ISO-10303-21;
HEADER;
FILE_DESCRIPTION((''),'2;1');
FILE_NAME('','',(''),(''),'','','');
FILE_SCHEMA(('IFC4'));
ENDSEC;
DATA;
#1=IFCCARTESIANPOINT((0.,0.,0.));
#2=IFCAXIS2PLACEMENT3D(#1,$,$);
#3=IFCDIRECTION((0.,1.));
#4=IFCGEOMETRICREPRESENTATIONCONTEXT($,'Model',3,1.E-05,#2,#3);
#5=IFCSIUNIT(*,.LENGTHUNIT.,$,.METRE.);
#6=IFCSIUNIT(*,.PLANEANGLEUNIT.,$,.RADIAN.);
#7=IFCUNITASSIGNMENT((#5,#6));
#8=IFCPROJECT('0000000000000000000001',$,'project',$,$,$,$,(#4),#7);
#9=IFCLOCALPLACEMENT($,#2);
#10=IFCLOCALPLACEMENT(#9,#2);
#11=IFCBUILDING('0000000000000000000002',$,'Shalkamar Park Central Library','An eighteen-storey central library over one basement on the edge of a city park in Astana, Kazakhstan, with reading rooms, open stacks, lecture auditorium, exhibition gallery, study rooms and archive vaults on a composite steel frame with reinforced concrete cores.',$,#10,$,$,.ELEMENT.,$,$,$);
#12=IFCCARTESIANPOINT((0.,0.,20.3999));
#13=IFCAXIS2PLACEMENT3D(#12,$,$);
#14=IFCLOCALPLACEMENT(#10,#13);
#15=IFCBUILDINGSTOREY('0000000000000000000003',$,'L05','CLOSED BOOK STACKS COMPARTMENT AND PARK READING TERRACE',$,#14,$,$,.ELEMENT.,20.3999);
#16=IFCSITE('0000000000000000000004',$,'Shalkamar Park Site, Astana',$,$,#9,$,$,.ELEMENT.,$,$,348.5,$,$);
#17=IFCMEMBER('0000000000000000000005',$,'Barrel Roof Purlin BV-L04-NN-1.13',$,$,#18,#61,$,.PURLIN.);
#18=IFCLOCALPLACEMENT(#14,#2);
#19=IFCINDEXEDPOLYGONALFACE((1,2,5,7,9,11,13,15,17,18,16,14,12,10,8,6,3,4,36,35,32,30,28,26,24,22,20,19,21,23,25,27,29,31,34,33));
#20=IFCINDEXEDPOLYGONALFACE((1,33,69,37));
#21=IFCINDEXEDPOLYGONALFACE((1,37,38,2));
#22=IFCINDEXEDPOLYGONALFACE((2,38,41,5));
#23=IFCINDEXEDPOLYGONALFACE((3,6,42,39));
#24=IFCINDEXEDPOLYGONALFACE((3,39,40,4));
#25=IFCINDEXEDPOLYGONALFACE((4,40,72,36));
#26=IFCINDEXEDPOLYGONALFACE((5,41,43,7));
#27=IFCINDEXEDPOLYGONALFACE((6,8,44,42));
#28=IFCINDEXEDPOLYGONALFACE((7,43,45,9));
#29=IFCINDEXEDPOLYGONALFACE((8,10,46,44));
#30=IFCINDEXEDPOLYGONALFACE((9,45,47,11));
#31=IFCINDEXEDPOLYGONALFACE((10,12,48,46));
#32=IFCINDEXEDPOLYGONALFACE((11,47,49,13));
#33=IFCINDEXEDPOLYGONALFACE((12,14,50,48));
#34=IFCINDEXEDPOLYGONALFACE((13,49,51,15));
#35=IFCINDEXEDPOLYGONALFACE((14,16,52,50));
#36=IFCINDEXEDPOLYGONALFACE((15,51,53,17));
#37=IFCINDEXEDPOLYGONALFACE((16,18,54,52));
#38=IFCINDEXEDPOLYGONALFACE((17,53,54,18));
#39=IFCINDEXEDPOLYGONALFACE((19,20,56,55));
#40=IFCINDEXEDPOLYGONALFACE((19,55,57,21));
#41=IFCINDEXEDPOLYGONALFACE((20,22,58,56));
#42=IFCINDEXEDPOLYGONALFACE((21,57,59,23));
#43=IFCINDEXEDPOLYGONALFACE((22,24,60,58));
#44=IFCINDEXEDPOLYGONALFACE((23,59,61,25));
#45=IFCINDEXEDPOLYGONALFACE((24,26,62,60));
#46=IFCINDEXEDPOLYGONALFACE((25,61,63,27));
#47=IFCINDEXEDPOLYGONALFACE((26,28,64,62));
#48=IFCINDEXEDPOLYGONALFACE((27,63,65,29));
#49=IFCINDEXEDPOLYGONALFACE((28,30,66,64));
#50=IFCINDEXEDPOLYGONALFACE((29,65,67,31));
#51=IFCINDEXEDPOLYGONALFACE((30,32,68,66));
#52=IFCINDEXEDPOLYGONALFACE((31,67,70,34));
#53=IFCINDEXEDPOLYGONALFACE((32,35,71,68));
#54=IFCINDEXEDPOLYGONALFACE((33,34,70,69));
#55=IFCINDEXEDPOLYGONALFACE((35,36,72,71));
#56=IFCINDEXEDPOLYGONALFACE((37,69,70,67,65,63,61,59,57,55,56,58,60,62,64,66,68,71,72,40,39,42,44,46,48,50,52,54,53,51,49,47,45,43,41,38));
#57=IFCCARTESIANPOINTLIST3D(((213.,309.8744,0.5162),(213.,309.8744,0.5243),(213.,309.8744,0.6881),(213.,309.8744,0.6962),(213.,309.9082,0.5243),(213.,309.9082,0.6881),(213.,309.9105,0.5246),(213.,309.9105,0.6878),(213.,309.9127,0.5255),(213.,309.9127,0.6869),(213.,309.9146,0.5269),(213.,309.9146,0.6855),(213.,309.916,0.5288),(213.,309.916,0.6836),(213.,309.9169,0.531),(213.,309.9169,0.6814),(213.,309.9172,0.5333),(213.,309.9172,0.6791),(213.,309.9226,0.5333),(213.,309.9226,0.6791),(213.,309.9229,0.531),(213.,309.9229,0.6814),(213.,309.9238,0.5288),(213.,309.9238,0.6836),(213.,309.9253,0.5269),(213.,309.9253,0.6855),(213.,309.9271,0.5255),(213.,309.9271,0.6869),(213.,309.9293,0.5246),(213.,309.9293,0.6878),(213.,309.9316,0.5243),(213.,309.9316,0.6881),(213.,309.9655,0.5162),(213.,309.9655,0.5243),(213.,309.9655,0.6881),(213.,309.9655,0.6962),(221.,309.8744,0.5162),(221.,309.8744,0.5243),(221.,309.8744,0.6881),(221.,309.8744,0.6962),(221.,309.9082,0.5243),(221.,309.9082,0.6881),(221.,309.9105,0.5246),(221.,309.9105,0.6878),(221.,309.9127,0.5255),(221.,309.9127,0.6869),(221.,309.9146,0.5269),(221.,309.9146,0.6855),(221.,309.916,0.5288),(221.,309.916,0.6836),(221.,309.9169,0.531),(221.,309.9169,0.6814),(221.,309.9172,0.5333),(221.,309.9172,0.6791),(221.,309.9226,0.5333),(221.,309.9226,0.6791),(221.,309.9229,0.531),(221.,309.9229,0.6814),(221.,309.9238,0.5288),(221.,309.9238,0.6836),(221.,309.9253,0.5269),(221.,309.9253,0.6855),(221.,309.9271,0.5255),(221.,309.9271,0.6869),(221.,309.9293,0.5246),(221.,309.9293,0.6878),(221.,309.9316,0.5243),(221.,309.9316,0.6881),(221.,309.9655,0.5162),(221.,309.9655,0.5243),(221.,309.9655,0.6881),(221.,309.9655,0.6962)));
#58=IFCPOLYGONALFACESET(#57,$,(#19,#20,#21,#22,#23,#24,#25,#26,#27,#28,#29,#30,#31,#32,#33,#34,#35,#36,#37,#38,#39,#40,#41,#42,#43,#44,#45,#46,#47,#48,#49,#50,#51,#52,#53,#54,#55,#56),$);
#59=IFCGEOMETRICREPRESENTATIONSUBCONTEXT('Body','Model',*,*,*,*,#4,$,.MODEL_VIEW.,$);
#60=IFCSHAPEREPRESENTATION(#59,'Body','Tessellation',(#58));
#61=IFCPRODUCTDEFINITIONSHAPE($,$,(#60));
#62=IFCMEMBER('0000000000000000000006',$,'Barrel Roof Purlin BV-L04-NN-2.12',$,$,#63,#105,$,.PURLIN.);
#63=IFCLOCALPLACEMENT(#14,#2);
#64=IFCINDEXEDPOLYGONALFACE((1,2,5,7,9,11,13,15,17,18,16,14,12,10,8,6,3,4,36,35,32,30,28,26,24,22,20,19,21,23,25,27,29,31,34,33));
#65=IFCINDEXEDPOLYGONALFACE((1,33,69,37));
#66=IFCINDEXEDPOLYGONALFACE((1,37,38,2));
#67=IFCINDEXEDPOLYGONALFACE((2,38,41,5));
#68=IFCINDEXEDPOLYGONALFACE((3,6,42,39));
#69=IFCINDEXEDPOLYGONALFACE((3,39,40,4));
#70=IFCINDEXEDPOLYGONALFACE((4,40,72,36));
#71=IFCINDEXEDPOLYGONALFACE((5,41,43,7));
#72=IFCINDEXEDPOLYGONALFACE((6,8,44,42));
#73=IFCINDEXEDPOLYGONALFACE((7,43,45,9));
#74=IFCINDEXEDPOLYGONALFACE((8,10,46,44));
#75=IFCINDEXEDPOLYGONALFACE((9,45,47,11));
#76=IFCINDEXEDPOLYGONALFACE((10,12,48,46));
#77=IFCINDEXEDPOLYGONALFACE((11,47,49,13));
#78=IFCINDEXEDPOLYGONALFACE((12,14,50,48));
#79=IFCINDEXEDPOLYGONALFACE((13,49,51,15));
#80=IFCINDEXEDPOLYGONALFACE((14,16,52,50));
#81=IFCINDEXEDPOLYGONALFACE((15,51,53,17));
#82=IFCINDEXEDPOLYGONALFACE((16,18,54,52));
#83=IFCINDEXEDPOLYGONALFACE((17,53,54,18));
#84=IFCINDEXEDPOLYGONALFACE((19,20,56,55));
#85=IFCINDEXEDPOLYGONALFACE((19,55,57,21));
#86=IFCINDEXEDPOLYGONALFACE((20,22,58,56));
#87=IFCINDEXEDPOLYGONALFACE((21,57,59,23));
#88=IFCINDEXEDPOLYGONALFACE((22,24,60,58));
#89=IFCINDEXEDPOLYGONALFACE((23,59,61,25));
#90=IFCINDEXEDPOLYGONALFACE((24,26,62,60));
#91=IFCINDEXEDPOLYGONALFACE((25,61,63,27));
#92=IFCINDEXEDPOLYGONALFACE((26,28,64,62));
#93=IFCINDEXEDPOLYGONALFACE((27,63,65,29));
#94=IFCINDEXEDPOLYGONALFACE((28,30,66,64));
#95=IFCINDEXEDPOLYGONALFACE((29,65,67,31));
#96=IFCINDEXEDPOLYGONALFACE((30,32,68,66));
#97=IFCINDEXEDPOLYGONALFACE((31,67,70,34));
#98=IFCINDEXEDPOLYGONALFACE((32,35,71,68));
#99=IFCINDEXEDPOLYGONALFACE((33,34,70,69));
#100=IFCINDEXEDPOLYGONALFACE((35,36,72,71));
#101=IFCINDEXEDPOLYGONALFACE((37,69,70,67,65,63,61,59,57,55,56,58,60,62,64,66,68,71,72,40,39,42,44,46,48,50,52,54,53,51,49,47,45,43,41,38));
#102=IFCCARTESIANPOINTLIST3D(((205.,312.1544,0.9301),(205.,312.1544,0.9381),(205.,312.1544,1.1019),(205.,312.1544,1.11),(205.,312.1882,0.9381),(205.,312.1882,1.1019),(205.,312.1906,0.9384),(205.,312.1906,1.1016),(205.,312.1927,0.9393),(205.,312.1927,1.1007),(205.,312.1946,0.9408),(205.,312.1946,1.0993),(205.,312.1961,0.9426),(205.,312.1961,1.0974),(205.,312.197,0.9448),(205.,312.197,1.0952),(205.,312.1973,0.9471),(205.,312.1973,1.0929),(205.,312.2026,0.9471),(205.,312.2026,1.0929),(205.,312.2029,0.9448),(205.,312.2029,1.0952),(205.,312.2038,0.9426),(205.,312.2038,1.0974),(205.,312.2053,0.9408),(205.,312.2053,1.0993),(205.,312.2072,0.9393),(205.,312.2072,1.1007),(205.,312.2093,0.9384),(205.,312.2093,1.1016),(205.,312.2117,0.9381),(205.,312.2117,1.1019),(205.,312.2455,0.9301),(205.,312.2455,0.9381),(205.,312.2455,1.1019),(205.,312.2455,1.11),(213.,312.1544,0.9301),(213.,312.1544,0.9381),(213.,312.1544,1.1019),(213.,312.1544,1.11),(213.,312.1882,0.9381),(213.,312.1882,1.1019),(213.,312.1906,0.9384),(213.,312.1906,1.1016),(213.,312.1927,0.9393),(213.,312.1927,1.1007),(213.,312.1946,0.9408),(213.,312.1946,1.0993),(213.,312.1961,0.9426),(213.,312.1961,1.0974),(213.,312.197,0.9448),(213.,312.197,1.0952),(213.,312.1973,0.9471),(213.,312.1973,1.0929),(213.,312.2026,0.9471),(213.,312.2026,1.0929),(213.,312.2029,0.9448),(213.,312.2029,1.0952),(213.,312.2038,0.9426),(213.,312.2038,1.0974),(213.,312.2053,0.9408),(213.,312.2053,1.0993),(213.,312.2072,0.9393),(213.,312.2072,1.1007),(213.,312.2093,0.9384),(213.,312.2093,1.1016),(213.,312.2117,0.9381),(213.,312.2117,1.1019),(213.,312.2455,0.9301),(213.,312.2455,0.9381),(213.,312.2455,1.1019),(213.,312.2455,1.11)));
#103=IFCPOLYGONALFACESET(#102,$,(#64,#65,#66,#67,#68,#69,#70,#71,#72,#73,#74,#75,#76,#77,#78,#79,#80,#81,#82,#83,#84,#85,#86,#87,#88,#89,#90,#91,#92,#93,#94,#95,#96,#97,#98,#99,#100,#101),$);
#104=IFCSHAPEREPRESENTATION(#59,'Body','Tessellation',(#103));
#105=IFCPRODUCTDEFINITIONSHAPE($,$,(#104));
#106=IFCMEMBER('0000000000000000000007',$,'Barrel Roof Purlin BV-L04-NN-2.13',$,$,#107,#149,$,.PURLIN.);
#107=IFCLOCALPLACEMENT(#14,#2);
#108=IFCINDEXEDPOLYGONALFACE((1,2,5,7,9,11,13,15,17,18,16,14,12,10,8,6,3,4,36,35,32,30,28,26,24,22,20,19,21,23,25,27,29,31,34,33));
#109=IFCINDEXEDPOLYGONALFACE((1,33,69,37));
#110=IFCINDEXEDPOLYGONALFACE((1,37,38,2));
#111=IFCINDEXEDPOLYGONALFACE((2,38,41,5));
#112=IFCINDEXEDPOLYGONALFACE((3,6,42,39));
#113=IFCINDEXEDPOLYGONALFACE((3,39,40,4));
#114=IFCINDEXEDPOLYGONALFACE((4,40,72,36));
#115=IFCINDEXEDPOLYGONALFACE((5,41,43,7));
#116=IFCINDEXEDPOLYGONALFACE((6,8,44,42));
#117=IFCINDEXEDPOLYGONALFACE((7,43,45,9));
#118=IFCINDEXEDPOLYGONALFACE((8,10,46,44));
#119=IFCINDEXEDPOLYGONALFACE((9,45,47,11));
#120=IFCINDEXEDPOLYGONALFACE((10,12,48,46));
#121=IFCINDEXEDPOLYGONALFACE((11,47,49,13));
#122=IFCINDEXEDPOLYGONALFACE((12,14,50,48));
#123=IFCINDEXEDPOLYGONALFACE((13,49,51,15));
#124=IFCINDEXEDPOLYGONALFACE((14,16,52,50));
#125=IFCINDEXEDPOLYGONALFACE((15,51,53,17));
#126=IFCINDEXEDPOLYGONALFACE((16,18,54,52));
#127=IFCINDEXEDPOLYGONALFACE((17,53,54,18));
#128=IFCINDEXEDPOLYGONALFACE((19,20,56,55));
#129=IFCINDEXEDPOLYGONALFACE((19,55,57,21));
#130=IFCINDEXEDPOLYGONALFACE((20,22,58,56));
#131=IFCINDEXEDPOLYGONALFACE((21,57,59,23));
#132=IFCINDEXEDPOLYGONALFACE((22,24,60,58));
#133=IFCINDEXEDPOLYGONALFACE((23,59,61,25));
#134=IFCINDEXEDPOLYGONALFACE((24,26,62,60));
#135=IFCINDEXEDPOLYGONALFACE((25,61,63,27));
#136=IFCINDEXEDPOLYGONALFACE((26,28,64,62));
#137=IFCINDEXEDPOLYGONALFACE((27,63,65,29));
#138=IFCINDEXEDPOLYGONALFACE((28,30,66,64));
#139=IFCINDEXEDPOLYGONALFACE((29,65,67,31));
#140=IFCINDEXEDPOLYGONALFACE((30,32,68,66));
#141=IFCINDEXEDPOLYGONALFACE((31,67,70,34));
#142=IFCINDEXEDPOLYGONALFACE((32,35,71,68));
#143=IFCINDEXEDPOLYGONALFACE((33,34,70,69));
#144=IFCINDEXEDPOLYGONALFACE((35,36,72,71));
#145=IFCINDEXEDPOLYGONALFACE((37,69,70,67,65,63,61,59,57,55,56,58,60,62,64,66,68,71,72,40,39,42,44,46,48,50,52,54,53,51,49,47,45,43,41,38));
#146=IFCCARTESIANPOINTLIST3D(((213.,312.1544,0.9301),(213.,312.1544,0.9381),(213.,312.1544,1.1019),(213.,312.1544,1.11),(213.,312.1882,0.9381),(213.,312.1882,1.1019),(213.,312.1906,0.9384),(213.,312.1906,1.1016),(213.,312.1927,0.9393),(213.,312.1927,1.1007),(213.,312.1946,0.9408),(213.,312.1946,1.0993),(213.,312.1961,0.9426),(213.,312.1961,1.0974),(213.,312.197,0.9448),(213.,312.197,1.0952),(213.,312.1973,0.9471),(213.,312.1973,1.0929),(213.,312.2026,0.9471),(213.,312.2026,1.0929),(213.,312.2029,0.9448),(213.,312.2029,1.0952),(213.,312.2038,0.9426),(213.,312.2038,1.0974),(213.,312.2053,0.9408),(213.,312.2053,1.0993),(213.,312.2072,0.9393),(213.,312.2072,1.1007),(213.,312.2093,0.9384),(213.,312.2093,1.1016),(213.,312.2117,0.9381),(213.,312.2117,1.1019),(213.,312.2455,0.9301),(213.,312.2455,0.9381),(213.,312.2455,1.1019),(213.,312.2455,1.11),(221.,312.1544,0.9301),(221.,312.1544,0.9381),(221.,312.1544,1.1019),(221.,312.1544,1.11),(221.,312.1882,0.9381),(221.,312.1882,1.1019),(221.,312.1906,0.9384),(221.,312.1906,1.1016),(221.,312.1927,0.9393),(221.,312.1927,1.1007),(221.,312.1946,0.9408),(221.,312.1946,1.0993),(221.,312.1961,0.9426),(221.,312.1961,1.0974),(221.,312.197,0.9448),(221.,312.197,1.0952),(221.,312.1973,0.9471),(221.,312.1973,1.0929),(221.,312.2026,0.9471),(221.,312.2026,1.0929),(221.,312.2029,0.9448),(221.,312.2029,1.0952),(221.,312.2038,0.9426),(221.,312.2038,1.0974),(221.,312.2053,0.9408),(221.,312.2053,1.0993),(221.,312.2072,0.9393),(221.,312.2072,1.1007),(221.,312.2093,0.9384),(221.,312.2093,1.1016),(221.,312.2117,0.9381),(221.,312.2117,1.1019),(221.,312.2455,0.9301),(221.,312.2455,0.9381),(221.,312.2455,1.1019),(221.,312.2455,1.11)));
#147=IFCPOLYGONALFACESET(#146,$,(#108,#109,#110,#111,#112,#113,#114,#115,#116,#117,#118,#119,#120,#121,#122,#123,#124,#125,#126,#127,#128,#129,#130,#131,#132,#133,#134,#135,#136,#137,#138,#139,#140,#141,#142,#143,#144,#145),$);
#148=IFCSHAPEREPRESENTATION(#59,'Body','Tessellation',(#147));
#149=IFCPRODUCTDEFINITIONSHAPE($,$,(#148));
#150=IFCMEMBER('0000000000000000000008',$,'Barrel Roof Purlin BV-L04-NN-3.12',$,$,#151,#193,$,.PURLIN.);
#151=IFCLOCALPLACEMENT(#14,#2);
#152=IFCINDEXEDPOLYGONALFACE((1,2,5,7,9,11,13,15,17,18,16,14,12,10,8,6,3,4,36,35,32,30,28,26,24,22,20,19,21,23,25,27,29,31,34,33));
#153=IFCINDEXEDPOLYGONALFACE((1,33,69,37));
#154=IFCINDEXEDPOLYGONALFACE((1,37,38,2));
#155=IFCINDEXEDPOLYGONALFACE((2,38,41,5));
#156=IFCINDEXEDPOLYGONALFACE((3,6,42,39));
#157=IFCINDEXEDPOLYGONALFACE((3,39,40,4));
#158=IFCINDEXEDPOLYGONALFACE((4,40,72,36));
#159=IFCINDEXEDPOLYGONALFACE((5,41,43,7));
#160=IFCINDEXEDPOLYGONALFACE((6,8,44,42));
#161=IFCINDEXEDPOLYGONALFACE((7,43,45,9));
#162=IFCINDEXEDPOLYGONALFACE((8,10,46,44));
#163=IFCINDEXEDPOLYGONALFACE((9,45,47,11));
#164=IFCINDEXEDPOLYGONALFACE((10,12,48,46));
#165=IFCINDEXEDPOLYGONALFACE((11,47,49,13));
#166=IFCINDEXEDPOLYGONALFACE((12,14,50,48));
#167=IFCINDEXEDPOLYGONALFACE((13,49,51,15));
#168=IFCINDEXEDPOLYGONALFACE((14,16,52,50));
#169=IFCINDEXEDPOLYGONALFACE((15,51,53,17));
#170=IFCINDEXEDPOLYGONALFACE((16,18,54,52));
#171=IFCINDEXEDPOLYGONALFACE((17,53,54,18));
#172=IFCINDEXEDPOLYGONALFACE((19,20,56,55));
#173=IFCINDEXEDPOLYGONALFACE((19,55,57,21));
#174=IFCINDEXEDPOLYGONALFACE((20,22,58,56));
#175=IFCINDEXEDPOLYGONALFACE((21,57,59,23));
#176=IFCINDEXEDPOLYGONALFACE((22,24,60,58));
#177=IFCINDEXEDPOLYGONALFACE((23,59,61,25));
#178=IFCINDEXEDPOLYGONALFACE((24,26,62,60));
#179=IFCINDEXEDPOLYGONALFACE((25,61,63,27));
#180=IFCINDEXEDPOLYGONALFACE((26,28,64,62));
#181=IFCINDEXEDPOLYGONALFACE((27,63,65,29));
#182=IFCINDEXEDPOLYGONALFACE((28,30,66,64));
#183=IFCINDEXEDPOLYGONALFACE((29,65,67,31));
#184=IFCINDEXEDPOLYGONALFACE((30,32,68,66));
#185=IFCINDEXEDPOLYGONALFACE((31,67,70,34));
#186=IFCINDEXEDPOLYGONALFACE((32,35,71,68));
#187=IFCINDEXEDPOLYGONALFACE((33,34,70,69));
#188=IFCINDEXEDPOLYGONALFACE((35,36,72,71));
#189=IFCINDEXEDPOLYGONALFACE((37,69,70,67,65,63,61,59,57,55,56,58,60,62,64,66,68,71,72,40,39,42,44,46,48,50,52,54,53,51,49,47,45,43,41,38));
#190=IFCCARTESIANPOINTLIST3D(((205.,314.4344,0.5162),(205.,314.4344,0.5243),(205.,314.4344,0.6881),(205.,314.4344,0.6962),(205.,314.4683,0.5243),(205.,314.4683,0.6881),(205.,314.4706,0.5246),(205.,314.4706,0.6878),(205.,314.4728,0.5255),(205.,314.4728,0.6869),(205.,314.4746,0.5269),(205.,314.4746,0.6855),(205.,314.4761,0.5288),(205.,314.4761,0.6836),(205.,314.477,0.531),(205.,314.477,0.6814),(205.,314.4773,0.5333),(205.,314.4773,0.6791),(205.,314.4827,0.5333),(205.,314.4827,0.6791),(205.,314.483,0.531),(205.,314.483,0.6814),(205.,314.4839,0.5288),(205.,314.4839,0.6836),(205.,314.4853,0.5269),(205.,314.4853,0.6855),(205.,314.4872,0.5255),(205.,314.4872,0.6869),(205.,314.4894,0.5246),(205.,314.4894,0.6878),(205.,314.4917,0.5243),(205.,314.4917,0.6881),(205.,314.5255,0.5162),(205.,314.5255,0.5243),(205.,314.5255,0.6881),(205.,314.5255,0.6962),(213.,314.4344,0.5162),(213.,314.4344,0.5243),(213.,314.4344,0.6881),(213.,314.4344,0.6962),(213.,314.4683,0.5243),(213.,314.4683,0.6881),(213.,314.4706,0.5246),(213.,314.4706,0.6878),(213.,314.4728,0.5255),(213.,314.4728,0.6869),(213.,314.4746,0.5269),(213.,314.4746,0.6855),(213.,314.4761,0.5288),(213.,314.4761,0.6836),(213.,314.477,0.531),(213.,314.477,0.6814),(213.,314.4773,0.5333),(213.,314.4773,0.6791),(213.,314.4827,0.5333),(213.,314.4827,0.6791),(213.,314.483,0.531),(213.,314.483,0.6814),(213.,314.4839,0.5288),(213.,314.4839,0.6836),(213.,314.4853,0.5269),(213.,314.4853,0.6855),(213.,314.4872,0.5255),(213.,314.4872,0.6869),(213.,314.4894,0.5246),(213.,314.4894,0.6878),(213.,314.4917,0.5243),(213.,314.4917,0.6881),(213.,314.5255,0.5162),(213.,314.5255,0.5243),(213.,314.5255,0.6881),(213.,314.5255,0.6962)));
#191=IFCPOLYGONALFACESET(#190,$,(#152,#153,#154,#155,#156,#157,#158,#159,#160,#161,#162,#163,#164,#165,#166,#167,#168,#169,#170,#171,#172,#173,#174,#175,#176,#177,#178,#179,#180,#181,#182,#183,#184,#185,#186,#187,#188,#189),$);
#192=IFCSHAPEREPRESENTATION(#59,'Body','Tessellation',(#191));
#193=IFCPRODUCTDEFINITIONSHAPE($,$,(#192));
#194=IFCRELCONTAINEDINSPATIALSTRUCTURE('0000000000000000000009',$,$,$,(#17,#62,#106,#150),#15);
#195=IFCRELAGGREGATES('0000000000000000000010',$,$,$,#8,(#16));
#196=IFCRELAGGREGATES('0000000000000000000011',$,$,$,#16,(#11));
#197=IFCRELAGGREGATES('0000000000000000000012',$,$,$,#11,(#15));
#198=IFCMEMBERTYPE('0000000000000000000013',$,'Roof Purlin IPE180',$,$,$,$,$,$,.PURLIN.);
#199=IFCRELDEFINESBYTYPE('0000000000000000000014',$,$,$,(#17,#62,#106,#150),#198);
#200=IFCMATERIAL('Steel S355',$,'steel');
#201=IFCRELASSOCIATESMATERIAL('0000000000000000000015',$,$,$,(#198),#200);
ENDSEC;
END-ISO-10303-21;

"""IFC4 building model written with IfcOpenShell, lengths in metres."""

from ifc_helpers import new_model, si_unit, direction, frame, origin, origin_2d, place, context, subcontext, project, spatial, i_section, extrude, material, material_profile, profile_set, type_object, element, save


model = new_model("IFC4")

# Units and contexts
model_context = context("Model", 3, precision=1e-05, world=origin(), true_north=direction((0.0, 1.0)))
body_context = subcontext(model_context, "Body", "Model", "MODEL_VIEW")
ifc_project = project(units=[si_unit("LENGTHUNIT", "METRE"), si_unit("PLANEANGLEUNIT", "RADIAN")], contexts=[model_context])

# Site, building, storey
site_placement = place(None, origin())
site = spatial("IfcSite", under=ifc_project, at=site_placement, Name="Shalkamar Park Site, Astana", CompositionType="ELEMENT", RefElevation=348.5)
building_placement = place(site_placement, origin())
building = spatial("IfcBuilding", under=site, at=building_placement, Name="Shalkamar Park Central Library", Description="An eighteen-storey central library over one basement on the edge of a city park in Astana, Kazakhstan, with reading rooms, open stacks, lecture auditorium, exhibition gallery, study rooms and archive vaults on a composite steel frame with reinforced concrete cores.", CompositionType="ELEMENT")
storey_placement = place(building_placement, frame((0.0, 0.0, 20.3999)))
storey = spatial("IfcBuildingStorey", under=building, at=storey_placement, Name="L05", Description="CLOSED BOOK STACKS COMPARTMENT AND PARK READING TERRACE", CompositionType="ELEMENT", Elevation=20.3999)

# Members
ifc_material_1 = material(Name="Steel S355", Category="steel")
ifc_material_profile_1 = material_profile(ifc_material_1, i_section(OverallWidth=0.0911, OverallDepth=0.1799, WebThickness=0.0054, FlangeThickness=0.0081, FilletRadius=0.009, at=origin_2d()), Name="IPE 180")
ifc_profile_set_1 = profile_set([ifc_material_profile_1], Name="Steel S355")
member_type_1 = type_object("IfcMemberType", Name="Roof Purlin IPE180", PredefinedType="PURLIN", material=ifc_profile_set_1)
for number, where, z_axis, x_axis, name in (
    (1, (213.0, 309.9199, 0.6062), (1.0, 0.0, 0.0), (0.0, 1.0, 0.0), "Barrel Roof Purlin BV-L04-NN-1.13"),
    (2, (205.0, 312.2, 1.02), (1.0, 0.0, 0.0), (0.0, 1.0, 0.0), "Barrel Roof Purlin BV-L04-NN-2.12"),
    (3, (213.0, 312.2, 1.02), (1.0, 0.0, 0.0), (0.0, 1.0, 0.0), "Barrel Roof Purlin BV-L04-NN-2.13"),
    (4, (205.0, 314.48, 0.6062), (1.0, 0.0, 0.0), (0.0, 1.0, 0.0), "Barrel Roof Purlin BV-L04-NN-3.12"),
):
    element("IfcMember", number, at=place(storey_placement, frame(where, z_axis=z_axis, x_axis=x_axis)), inside=storey, type_object=member_type_1, Name=name, PredefinedType="PURLIN", context=body_context, shape_type="SweptSolid", body=[
        extrude(i_section(OverallWidth=0.0911, OverallDepth=0.1799, WebThickness=0.0054, FlangeThickness=0.0081, FilletRadius=0.009, at=origin_2d()), origin(), (0.0, 0.0, 1.0), 8.0),
    ])

save(model, "model.ifc")
